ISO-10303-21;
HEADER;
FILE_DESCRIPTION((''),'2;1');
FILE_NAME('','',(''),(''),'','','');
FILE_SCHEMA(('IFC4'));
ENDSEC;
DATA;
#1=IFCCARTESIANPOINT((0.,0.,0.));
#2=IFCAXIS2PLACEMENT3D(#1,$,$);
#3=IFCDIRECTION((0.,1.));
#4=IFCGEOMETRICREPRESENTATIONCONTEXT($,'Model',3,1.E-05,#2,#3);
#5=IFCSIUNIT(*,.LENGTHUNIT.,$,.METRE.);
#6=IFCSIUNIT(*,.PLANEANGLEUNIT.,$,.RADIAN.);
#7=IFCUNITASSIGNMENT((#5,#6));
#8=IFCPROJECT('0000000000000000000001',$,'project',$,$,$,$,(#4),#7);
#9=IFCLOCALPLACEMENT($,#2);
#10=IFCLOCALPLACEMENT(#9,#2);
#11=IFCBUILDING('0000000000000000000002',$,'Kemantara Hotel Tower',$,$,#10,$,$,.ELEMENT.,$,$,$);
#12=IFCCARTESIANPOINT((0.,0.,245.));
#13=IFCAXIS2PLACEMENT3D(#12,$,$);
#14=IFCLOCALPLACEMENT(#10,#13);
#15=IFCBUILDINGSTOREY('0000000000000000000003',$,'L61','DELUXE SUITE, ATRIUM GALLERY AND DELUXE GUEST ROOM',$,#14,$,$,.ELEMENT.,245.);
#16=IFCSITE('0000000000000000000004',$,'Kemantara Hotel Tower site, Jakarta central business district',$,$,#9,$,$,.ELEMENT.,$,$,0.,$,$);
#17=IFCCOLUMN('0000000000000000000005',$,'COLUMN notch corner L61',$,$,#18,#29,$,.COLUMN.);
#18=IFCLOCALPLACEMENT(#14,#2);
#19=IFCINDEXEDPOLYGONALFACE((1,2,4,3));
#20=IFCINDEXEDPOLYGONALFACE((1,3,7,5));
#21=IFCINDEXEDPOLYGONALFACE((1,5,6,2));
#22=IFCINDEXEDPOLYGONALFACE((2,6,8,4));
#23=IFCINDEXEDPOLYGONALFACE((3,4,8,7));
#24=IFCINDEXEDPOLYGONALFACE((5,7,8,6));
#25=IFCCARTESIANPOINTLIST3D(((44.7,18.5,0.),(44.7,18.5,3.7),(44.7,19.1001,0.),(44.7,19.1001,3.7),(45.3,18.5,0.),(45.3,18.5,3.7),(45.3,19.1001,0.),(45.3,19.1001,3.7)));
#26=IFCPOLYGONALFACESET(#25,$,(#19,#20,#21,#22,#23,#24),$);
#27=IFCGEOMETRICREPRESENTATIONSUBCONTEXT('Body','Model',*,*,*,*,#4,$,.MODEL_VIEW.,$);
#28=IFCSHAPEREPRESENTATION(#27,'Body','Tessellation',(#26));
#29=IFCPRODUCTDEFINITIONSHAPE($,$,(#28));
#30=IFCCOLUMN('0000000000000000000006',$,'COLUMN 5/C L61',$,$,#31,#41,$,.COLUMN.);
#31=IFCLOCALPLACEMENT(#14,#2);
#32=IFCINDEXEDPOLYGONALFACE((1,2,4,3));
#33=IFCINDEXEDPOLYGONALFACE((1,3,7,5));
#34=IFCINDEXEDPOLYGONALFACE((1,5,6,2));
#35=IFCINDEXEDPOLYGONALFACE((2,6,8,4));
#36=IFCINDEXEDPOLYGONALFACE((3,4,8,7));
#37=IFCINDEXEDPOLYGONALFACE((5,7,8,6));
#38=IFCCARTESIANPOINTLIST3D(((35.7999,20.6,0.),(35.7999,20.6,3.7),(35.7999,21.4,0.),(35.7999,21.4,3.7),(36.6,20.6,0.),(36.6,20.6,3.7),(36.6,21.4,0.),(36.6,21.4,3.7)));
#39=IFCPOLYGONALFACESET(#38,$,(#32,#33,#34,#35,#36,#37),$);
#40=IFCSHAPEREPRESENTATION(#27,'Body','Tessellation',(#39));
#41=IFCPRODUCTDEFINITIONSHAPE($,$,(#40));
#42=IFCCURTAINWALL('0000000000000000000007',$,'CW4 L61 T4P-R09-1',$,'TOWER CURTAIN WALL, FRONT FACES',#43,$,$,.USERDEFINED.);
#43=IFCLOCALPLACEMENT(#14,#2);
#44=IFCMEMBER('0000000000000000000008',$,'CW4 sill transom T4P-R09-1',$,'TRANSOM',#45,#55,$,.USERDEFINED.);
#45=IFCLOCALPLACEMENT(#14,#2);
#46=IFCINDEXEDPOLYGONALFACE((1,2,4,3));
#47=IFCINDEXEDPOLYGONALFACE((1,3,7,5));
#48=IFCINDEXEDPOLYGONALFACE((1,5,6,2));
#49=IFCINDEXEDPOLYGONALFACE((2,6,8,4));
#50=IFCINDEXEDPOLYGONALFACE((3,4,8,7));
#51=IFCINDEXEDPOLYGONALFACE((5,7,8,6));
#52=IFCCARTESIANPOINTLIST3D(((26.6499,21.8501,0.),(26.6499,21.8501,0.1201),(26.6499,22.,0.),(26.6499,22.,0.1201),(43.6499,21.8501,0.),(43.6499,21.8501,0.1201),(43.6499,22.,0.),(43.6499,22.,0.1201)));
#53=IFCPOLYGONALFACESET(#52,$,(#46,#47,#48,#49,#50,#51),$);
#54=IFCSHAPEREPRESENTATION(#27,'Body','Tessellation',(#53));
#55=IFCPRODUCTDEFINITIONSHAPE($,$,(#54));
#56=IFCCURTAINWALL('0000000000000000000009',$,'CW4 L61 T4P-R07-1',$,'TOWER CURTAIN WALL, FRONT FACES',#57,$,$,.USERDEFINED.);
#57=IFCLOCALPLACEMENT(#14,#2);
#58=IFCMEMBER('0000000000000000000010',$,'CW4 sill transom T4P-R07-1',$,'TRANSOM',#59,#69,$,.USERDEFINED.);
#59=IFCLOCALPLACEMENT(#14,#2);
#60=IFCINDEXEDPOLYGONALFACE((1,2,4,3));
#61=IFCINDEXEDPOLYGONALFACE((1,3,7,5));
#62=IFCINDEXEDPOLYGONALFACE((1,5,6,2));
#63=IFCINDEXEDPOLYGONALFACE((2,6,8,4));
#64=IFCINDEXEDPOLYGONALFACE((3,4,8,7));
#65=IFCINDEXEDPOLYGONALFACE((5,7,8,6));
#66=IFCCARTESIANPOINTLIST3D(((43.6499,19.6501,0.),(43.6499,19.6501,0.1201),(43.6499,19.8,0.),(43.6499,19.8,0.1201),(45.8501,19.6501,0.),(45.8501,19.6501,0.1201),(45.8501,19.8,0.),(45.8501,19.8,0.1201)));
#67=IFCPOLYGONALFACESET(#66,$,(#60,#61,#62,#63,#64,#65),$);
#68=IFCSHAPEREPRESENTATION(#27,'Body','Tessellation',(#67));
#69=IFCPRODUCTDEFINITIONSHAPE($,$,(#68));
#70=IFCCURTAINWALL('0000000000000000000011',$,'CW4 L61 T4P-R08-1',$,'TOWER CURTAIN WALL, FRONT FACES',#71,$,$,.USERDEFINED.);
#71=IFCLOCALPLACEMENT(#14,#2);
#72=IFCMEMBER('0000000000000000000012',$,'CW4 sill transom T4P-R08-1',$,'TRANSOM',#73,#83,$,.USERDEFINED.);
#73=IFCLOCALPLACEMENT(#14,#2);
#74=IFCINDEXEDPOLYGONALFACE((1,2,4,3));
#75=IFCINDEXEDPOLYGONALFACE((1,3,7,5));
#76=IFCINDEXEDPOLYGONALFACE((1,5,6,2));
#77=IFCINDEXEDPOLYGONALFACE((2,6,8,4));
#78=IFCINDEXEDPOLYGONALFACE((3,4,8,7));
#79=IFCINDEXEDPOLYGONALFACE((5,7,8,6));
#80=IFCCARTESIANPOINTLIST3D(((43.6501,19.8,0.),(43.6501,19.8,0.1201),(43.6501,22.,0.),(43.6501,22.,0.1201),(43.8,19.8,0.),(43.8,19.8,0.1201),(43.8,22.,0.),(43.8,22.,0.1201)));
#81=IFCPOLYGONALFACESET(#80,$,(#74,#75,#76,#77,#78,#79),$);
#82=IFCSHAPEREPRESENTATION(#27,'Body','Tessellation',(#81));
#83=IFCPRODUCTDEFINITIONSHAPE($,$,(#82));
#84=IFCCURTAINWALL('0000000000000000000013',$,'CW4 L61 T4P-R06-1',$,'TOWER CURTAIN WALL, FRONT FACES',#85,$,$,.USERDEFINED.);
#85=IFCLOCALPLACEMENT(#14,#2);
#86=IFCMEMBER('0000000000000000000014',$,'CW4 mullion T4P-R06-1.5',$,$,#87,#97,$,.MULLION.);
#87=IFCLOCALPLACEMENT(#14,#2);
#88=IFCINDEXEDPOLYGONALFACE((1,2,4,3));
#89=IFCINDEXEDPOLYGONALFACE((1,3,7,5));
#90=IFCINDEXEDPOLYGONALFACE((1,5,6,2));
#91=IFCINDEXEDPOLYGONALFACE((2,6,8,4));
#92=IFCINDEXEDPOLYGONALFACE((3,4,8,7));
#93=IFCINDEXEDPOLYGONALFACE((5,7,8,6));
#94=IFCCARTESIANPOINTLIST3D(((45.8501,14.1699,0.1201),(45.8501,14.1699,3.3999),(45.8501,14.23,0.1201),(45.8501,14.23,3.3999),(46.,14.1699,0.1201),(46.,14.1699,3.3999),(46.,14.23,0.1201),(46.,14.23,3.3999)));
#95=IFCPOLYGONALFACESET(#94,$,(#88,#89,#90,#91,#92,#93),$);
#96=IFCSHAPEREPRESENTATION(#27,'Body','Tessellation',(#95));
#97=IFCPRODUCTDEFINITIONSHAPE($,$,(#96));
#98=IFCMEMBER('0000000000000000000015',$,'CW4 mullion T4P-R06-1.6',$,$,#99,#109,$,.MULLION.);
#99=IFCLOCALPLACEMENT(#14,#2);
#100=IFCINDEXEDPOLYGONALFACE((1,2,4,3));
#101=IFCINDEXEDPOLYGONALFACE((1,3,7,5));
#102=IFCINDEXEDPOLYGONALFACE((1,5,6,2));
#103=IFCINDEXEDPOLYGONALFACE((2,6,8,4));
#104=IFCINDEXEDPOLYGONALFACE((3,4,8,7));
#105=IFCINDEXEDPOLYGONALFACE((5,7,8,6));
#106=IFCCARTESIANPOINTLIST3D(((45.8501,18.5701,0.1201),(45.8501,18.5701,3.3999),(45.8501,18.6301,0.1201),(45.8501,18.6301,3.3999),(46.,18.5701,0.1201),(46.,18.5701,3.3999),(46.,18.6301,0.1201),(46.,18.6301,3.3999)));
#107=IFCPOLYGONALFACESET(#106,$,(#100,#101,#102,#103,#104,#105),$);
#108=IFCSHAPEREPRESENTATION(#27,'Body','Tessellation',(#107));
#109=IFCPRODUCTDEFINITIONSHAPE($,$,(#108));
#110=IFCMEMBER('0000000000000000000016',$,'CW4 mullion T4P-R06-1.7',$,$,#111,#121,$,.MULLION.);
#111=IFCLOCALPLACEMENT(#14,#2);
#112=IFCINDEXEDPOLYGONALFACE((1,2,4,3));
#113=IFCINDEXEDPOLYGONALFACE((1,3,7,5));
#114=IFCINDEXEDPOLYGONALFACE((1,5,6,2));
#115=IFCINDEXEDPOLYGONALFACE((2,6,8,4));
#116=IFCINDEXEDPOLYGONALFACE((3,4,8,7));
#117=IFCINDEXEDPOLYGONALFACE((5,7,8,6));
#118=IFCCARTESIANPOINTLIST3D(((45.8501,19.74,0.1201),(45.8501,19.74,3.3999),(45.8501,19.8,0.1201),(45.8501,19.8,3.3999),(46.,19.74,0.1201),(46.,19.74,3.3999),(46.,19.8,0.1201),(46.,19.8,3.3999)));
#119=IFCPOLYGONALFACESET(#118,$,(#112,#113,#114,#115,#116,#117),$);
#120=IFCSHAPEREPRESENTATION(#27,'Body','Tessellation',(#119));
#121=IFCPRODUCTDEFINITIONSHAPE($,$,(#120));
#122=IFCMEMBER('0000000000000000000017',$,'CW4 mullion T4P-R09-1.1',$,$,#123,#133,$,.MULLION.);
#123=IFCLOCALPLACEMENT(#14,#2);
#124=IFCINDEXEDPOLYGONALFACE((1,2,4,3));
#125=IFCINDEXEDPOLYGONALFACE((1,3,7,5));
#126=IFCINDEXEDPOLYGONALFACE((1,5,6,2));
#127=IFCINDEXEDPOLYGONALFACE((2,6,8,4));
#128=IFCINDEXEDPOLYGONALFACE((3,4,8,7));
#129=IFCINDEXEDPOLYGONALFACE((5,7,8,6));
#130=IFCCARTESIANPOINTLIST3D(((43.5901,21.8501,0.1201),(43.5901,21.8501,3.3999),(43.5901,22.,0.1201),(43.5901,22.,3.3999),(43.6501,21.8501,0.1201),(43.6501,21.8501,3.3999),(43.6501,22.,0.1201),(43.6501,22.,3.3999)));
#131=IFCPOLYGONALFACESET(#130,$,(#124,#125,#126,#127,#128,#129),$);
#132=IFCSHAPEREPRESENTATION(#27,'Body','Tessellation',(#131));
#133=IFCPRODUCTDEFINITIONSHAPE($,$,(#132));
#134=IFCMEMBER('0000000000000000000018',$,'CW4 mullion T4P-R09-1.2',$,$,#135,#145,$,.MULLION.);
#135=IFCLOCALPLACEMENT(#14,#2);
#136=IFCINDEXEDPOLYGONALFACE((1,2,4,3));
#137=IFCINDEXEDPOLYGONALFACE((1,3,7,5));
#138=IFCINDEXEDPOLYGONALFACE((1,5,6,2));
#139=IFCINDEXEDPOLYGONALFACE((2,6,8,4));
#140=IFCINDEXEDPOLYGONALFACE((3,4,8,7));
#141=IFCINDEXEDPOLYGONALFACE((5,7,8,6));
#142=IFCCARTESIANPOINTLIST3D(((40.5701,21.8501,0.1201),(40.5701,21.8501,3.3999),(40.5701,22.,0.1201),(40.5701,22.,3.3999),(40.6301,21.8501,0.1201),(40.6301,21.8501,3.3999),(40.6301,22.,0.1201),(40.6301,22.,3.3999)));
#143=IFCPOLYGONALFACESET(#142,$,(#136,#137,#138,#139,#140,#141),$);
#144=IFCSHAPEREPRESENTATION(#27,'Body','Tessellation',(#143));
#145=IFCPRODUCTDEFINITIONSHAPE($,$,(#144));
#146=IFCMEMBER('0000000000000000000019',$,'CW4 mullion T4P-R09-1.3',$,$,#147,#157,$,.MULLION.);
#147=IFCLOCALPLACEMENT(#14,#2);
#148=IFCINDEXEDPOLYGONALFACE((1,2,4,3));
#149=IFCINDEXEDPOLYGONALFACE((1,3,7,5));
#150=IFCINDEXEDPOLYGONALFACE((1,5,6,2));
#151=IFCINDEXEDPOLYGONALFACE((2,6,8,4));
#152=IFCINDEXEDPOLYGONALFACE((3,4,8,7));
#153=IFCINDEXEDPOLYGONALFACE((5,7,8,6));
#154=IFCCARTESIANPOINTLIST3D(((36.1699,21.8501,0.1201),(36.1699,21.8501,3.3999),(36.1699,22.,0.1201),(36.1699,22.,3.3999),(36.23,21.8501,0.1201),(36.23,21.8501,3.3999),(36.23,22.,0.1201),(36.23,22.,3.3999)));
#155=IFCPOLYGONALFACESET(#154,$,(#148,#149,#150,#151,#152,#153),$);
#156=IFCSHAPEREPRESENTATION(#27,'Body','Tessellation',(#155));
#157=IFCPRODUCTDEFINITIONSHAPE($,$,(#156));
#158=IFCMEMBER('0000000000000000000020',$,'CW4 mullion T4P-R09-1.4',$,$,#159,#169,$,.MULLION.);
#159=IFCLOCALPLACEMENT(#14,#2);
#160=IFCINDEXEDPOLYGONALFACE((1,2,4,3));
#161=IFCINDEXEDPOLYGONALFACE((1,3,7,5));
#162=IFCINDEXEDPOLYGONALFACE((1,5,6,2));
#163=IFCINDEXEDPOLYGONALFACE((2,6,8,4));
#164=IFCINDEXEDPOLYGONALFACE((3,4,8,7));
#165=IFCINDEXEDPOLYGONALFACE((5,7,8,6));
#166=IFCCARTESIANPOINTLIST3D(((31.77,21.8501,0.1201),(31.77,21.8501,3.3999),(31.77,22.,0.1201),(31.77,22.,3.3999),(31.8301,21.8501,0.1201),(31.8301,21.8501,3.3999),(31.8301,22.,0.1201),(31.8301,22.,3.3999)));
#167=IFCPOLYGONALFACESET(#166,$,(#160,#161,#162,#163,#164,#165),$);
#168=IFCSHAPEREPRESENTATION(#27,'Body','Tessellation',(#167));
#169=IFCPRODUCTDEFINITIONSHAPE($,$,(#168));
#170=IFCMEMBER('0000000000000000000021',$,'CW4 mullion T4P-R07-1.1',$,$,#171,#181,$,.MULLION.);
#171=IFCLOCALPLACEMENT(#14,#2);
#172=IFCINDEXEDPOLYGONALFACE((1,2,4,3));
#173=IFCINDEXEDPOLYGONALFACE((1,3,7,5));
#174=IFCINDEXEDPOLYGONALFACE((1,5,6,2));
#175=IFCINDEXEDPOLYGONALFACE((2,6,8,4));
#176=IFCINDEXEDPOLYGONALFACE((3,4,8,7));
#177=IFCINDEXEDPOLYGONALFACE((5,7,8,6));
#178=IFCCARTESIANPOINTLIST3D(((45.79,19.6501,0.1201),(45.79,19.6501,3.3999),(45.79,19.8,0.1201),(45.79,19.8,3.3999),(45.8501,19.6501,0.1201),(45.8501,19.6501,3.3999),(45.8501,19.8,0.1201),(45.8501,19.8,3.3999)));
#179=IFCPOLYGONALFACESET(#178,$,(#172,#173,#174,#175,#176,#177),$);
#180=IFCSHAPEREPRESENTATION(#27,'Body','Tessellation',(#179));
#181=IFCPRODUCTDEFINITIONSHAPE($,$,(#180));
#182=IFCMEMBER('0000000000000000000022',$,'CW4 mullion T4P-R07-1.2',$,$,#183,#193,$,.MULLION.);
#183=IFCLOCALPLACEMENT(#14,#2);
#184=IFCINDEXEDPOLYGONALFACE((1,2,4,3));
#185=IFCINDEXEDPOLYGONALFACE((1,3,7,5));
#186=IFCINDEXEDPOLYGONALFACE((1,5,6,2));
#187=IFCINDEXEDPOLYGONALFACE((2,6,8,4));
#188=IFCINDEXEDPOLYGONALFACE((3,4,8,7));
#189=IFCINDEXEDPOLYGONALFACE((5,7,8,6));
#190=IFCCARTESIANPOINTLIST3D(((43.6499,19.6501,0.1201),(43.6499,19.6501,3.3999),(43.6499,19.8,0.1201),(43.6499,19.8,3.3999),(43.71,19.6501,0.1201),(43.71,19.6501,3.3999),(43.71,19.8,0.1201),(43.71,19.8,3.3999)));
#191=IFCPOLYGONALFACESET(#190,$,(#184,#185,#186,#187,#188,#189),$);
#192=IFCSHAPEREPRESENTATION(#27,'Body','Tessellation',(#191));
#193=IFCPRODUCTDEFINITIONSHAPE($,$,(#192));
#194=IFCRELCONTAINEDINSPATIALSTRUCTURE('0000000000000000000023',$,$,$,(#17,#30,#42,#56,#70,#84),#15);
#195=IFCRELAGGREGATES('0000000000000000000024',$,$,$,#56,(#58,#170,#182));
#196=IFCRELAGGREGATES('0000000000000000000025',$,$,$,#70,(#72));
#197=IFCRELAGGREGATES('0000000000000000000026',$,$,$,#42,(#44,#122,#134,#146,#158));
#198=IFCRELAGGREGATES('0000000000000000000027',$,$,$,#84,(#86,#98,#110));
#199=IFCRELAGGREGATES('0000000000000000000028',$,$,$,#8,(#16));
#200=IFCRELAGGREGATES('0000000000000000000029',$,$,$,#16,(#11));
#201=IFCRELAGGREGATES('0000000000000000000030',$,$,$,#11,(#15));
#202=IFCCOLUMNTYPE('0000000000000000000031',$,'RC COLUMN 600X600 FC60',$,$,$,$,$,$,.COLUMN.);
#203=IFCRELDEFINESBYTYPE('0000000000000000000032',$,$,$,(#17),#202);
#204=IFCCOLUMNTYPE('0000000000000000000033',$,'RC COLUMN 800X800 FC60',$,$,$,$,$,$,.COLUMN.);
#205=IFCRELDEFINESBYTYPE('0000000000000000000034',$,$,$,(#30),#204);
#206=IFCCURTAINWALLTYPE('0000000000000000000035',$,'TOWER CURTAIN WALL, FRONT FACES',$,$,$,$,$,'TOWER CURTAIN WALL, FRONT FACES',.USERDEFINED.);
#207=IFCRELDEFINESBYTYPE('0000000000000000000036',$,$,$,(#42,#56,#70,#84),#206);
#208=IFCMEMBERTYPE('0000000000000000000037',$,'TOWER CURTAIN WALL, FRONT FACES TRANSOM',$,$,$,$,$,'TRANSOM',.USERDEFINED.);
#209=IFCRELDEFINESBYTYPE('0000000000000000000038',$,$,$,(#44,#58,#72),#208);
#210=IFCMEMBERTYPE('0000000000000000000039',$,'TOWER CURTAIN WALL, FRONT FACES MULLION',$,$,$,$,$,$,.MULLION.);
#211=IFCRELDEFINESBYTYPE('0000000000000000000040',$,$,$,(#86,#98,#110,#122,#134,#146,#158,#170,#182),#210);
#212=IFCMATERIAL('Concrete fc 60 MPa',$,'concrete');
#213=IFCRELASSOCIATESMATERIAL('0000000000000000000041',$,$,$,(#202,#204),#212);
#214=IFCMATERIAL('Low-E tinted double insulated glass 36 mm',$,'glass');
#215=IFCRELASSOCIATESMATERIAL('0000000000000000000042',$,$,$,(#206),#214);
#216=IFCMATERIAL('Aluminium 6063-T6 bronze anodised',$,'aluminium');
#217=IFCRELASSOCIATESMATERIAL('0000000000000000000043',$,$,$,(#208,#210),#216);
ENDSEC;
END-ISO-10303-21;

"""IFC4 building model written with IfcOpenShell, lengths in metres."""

from ifc_helpers import new_model, si_unit, direction, frame, origin, origin_2d, place, context, subcontext, project, spatial, rectangle, extrude, source, transform, mapped, material, material_profile, profile_set, type_object, element, aggregate, save


model = new_model("IFC4")

# Units and contexts
model_context = context("Model", 3, precision=1e-05, world=origin(), true_north=direction((0.0, 1.0)))
body_context = subcontext(model_context, "Body", "Model", "MODEL_VIEW")
ifc_project = project(units=[si_unit("LENGTHUNIT", "METRE"), si_unit("PLANEANGLEUNIT", "RADIAN")], contexts=[model_context])

# Site, building, storey
site_placement = place(None, origin())
site = spatial("IfcSite", under=ifc_project, at=site_placement, Name="Kemantara Hotel Tower site, Jakarta central business district", CompositionType="ELEMENT", RefElevation=0.0)
building_placement = place(site_placement, origin())
building = spatial("IfcBuilding", under=site, at=building_placement, Name="Kemantara Hotel Tower", CompositionType="ELEMENT")
storey_placement = place(building_placement, frame((0.0, 0.0, 245.0)))
storey = spatial("IfcBuildingStorey", under=building, at=storey_placement, Name="L61", Description="DELUXE SUITE, ATRIUM GALLERY AND DELUXE GUEST ROOM", CompositionType="ELEMENT", Elevation=245.0)

# Columns
ifc_material_1 = material(Name="Concrete fc 60 MPa", Category="concrete")
ifc_material_profile_1 = material_profile(ifc_material_1, rectangle(XDim=0.6001, YDim=0.6001, at=origin_2d()), Name="RC 600X600")
ifc_profile_set_1 = profile_set([ifc_material_profile_1], Name="Concrete fc 60 MPa")
column_type_1 = type_object("IfcColumnType", Name="RC COLUMN 600X600 FC60", PredefinedType="COLUMN", material=ifc_profile_set_1)
column_1_placement = place(storey_placement, frame((45.0, 18.8, 0.0), z_axis=(0.0, 0.0, 1.0), x_axis=(1.0, 0.0, 0.0)))
element("IfcColumn", 1, at=column_1_placement, inside=storey, type_object=column_type_1, Name="COLUMN notch corner L61", PredefinedType="COLUMN", context=body_context, shape_type="SweptSolid", body=[
    extrude(rectangle(XDim=0.6001, YDim=0.6001, at=origin_2d()), origin(), (0.0, 0.0, 1.0), 3.7),
])
ifc_material_profile_2 = material_profile(ifc_material_1, rectangle(XDim=0.8, YDim=0.8, at=origin_2d()), Name="RC 800X800")
ifc_profile_set_2 = profile_set([ifc_material_profile_2], Name="Concrete fc 60 MPa")
column_type_2 = type_object("IfcColumnType", Name="RC COLUMN 800X800 FC60", PredefinedType="COLUMN", material=ifc_profile_set_2)
column_2_placement = place(storey_placement, frame((36.2, 21.0, 0.0), z_axis=(0.0, 0.0, 1.0), x_axis=(1.0, 0.0, 0.0)))
element("IfcColumn", 2, at=column_2_placement, inside=storey, type_object=column_type_2, Name="COLUMN 5/C L61", PredefinedType="COLUMN", context=body_context, shape_type="SweptSolid", body=[
    extrude(rectangle(XDim=0.8, YDim=0.8, at=origin_2d()), origin(), (0.0, 0.0, 1.0), 3.7),
])

# Curtain walls, members
ifc_material_2 = material(Name="Low-E tinted double insulated glass 36 mm", Category="glass")
curtain_wall_type = type_object("IfcCurtainWallType", Name="TOWER CURTAIN WALL, FRONT FACES", ElementType="TOWER CURTAIN WALL, FRONT FACES", PredefinedType="USERDEFINED", material=ifc_material_2)
curtain_wall_1_placement = place(storey_placement, origin())
curtain_wall_1 = element("IfcCurtainWall", 3, at=curtain_wall_1_placement, inside=storey, type_object=curtain_wall_type, Name="CW4 L61 T4P-R09-1", ObjectType="TOWER CURTAIN WALL, FRONT FACES", PredefinedType="USERDEFINED")
ifc_material_3 = material(Name="Aluminium 6063-T6 bronze anodised", Category="aluminium")
ifc_material_profile_3 = material_profile(ifc_material_3, rectangle(XDim=0.1499, YDim=0.1201, at=origin_2d()), Name="TOWER CURTAIN WALL, FRONT FACES TRANSOM")
ifc_profile_set_3 = profile_set([ifc_material_profile_3], Name="Aluminium 6063-T6 bronze anodised")
member_type_1 = type_object("IfcMemberType", Name="TOWER CURTAIN WALL, FRONT FACES TRANSOM", ElementType="TRANSOM", PredefinedType="USERDEFINED", material=ifc_profile_set_3)
member_1_placement = place(storey_placement, frame((43.6499, 21.925, 0.0601), z_axis=(-1.0, 0.0, 0.0), x_axis=(0.0, -1.0, 0.0)))
member_1 = element("IfcMember", 4, at=member_1_placement, type_object=member_type_1, Name="CW4 sill transom T4P-R09-1", ObjectType="TRANSOM", PredefinedType="USERDEFINED", context=body_context, shape_type="SweptSolid", body=[
    extrude(rectangle(XDim=0.1499, YDim=0.1201, at=origin_2d()), origin(), (0.0, 0.0, 1.0), 17.0),
])
curtain_wall_2_placement = place(storey_placement, origin())
curtain_wall_2 = element("IfcCurtainWall", 5, at=curtain_wall_2_placement, inside=storey, type_object=curtain_wall_type, Name="CW4 L61 T4P-R07-1", ObjectType="TOWER CURTAIN WALL, FRONT FACES", PredefinedType="USERDEFINED")
member_2_placement = place(storey_placement, frame((45.8501, 19.7251, 0.0601), z_axis=(-1.0, 0.0, 0.0), x_axis=(0.0, -1.0, 0.0)))
member_2 = element("IfcMember", 6, at=member_2_placement, type_object=member_type_1, Name="CW4 sill transom T4P-R07-1", ObjectType="TRANSOM", PredefinedType="USERDEFINED", context=body_context, shape_type="SweptSolid", body=[
    extrude(rectangle(XDim=0.1499, YDim=0.1201, at=origin_2d()), origin(), (0.0, 0.0, 1.0), 2.2002),
])
curtain_wall_3_placement = place(storey_placement, origin())
curtain_wall_3 = element("IfcCurtainWall", 7, at=curtain_wall_3_placement, inside=storey, type_object=curtain_wall_type, Name="CW4 L61 T4P-R08-1", ObjectType="TOWER CURTAIN WALL, FRONT FACES", PredefinedType="USERDEFINED")
member_3_placement = place(storey_placement, frame((43.7251, 19.8, 0.0601), z_axis=(0.0, 1.0, 0.0), x_axis=(-1.0, 0.0, 0.0)))
member_3 = element("IfcMember", 8, at=member_3_placement, type_object=member_type_1, Name="CW4 sill transom T4P-R08-1", ObjectType="TRANSOM", PredefinedType="USERDEFINED", context=body_context, shape_type="SweptSolid", body=[
    extrude(rectangle(XDim=0.1499, YDim=0.1201, at=origin_2d()), origin(), (0.0, 0.0, 1.0), 2.2),
])

# Curtain wall, members
curtain_wall_4_placement = place(storey_placement, origin())
curtain_wall_4 = element("IfcCurtainWall", 9, at=curtain_wall_4_placement, inside=storey, type_object=curtain_wall_type, Name="CW4 L61 T4P-R06-1", ObjectType="TOWER CURTAIN WALL, FRONT FACES", PredefinedType="USERDEFINED")
ifc_material_profile_4 = material_profile(ifc_material_3, rectangle(XDim=0.1499, YDim=0.0601, at=origin_2d()), Name="TOWER CURTAIN WALL, FRONT FACES MULLION")
ifc_profile_set_4 = profile_set([ifc_material_profile_4], Name="Aluminium 6063-T6 bronze anodised")
member_type_2 = type_object("IfcMemberType", Name="TOWER CURTAIN WALL, FRONT FACES MULLION", PredefinedType="MULLION", material=ifc_profile_set_4)
shared_shape_1 = source(origin(), body_context, "Body", "SweptSolid", [
    extrude(rectangle(XDim=0.1499, YDim=0.0601, at=origin_2d()), origin(), (0.0, 0.0, 1.0), 3.2798),
])
member_4_placement = place(storey_placement, frame((45.925, 14.2, 0.1201), z_axis=(0.0, 0.0, 1.0), x_axis=(-1.0, 0.0, 0.0)))
member_4 = element("IfcMember", 10, at=member_4_placement, type_object=member_type_2, Name="CW4 mullion T4P-R06-1.5", PredefinedType="MULLION", context=body_context, shape_type="MappedRepresentation", body=[
    mapped(shared_shape_1, transform((0.0, 0.0, 0.0))),
])
member_5_placement = place(storey_placement, frame((45.925, 18.6001, 0.1201), z_axis=(0.0, 0.0, 1.0), x_axis=(-1.0, 0.0, 0.0)))
member_5 = element("IfcMember", 11, at=member_5_placement, type_object=member_type_2, Name="CW4 mullion T4P-R06-1.6", PredefinedType="MULLION", context=body_context, shape_type="MappedRepresentation", body=[
    mapped(shared_shape_1, transform((0.0, 0.0, 0.0))),
])
member_6_placement = place(storey_placement, frame((45.925, 19.77, 0.1201), z_axis=(0.0, 0.0, 1.0), x_axis=(-1.0, 0.0, 0.0)))
member_6 = element("IfcMember", 12, at=member_6_placement, type_object=member_type_2, Name="CW4 mullion T4P-R06-1.7", PredefinedType="MULLION", context=body_context, shape_type="MappedRepresentation", body=[
    mapped(shared_shape_1, transform((0.0, 0.0, 0.0))),
])

# Members
member_7_placement = place(storey_placement, frame((43.6201, 21.925, 0.1201), z_axis=(0.0, 0.0, 1.0), x_axis=(0.0, -1.0, 0.0)))
member_7 = element("IfcMember", 13, at=member_7_placement, type_object=member_type_2, Name="CW4 mullion T4P-R09-1.1", PredefinedType="MULLION", context=body_context, shape_type="MappedRepresentation", body=[
    mapped(shared_shape_1, transform((0.0, 0.0, 0.0))),
])
member_8_placement = place(storey_placement, frame((40.6001, 21.925, 0.1201), z_axis=(0.0, 0.0, 1.0), x_axis=(0.0, -1.0, 0.0)))
member_8 = element("IfcMember", 14, at=member_8_placement, type_object=member_type_2, Name="CW4 mullion T4P-R09-1.2", PredefinedType="MULLION", context=body_context, shape_type="MappedRepresentation", body=[
    mapped(shared_shape_1, transform((0.0, 0.0, 0.0))),
])
member_9_placement = place(storey_placement, frame((36.2, 21.925, 0.1201), z_axis=(0.0, 0.0, 1.0), x_axis=(0.0, -1.0, 0.0)))
member_9 = element("IfcMember", 15, at=member_9_placement, type_object=member_type_2, Name="CW4 mullion T4P-R09-1.3", PredefinedType="MULLION", context=body_context, shape_type="MappedRepresentation", body=[
    mapped(shared_shape_1, transform((0.0, 0.0, 0.0))),
])
member_10_placement = place(storey_placement, frame((31.8, 21.925, 0.1201), z_axis=(0.0, 0.0, 1.0), x_axis=(0.0, -1.0, 0.0)))
member_10 = element("IfcMember", 16, at=member_10_placement, type_object=member_type_2, Name="CW4 mullion T4P-R09-1.4", PredefinedType="MULLION", context=body_context, shape_type="MappedRepresentation", body=[
    mapped(shared_shape_1, transform((0.0, 0.0, 0.0))),
])
member_11_placement = place(storey_placement, frame((45.8201, 19.7251, 0.1201), z_axis=(0.0, 0.0, 1.0), x_axis=(0.0, -1.0, 0.0)))
member_11 = element("IfcMember", 17, at=member_11_placement, type_object=member_type_2, Name="CW4 mullion T4P-R07-1.1", PredefinedType="MULLION", context=body_context, shape_type="MappedRepresentation", body=[
    mapped(shared_shape_1, transform((0.0, 0.0, 0.0))),
])
member_12_placement = place(storey_placement, frame((43.6799, 19.7251, 0.1201), z_axis=(0.0, 0.0, 1.0), x_axis=(0.0, -1.0, 0.0)))
member_12 = element("IfcMember", 18, at=member_12_placement, type_object=member_type_2, Name="CW4 mullion T4P-R07-1.2", PredefinedType="MULLION", context=body_context, shape_type="MappedRepresentation", body=[
    mapped(shared_shape_1, transform((0.0, 0.0, 0.0))),
])

aggregate(curtain_wall_2, [member_2, member_11, member_12])
aggregate(curtain_wall_3, [member_3])
aggregate(curtain_wall_1, [member_1, member_7, member_8, member_9, member_10])
aggregate(curtain_wall_4, [member_4, member_5, member_6])

save(model, "model.ifc")
